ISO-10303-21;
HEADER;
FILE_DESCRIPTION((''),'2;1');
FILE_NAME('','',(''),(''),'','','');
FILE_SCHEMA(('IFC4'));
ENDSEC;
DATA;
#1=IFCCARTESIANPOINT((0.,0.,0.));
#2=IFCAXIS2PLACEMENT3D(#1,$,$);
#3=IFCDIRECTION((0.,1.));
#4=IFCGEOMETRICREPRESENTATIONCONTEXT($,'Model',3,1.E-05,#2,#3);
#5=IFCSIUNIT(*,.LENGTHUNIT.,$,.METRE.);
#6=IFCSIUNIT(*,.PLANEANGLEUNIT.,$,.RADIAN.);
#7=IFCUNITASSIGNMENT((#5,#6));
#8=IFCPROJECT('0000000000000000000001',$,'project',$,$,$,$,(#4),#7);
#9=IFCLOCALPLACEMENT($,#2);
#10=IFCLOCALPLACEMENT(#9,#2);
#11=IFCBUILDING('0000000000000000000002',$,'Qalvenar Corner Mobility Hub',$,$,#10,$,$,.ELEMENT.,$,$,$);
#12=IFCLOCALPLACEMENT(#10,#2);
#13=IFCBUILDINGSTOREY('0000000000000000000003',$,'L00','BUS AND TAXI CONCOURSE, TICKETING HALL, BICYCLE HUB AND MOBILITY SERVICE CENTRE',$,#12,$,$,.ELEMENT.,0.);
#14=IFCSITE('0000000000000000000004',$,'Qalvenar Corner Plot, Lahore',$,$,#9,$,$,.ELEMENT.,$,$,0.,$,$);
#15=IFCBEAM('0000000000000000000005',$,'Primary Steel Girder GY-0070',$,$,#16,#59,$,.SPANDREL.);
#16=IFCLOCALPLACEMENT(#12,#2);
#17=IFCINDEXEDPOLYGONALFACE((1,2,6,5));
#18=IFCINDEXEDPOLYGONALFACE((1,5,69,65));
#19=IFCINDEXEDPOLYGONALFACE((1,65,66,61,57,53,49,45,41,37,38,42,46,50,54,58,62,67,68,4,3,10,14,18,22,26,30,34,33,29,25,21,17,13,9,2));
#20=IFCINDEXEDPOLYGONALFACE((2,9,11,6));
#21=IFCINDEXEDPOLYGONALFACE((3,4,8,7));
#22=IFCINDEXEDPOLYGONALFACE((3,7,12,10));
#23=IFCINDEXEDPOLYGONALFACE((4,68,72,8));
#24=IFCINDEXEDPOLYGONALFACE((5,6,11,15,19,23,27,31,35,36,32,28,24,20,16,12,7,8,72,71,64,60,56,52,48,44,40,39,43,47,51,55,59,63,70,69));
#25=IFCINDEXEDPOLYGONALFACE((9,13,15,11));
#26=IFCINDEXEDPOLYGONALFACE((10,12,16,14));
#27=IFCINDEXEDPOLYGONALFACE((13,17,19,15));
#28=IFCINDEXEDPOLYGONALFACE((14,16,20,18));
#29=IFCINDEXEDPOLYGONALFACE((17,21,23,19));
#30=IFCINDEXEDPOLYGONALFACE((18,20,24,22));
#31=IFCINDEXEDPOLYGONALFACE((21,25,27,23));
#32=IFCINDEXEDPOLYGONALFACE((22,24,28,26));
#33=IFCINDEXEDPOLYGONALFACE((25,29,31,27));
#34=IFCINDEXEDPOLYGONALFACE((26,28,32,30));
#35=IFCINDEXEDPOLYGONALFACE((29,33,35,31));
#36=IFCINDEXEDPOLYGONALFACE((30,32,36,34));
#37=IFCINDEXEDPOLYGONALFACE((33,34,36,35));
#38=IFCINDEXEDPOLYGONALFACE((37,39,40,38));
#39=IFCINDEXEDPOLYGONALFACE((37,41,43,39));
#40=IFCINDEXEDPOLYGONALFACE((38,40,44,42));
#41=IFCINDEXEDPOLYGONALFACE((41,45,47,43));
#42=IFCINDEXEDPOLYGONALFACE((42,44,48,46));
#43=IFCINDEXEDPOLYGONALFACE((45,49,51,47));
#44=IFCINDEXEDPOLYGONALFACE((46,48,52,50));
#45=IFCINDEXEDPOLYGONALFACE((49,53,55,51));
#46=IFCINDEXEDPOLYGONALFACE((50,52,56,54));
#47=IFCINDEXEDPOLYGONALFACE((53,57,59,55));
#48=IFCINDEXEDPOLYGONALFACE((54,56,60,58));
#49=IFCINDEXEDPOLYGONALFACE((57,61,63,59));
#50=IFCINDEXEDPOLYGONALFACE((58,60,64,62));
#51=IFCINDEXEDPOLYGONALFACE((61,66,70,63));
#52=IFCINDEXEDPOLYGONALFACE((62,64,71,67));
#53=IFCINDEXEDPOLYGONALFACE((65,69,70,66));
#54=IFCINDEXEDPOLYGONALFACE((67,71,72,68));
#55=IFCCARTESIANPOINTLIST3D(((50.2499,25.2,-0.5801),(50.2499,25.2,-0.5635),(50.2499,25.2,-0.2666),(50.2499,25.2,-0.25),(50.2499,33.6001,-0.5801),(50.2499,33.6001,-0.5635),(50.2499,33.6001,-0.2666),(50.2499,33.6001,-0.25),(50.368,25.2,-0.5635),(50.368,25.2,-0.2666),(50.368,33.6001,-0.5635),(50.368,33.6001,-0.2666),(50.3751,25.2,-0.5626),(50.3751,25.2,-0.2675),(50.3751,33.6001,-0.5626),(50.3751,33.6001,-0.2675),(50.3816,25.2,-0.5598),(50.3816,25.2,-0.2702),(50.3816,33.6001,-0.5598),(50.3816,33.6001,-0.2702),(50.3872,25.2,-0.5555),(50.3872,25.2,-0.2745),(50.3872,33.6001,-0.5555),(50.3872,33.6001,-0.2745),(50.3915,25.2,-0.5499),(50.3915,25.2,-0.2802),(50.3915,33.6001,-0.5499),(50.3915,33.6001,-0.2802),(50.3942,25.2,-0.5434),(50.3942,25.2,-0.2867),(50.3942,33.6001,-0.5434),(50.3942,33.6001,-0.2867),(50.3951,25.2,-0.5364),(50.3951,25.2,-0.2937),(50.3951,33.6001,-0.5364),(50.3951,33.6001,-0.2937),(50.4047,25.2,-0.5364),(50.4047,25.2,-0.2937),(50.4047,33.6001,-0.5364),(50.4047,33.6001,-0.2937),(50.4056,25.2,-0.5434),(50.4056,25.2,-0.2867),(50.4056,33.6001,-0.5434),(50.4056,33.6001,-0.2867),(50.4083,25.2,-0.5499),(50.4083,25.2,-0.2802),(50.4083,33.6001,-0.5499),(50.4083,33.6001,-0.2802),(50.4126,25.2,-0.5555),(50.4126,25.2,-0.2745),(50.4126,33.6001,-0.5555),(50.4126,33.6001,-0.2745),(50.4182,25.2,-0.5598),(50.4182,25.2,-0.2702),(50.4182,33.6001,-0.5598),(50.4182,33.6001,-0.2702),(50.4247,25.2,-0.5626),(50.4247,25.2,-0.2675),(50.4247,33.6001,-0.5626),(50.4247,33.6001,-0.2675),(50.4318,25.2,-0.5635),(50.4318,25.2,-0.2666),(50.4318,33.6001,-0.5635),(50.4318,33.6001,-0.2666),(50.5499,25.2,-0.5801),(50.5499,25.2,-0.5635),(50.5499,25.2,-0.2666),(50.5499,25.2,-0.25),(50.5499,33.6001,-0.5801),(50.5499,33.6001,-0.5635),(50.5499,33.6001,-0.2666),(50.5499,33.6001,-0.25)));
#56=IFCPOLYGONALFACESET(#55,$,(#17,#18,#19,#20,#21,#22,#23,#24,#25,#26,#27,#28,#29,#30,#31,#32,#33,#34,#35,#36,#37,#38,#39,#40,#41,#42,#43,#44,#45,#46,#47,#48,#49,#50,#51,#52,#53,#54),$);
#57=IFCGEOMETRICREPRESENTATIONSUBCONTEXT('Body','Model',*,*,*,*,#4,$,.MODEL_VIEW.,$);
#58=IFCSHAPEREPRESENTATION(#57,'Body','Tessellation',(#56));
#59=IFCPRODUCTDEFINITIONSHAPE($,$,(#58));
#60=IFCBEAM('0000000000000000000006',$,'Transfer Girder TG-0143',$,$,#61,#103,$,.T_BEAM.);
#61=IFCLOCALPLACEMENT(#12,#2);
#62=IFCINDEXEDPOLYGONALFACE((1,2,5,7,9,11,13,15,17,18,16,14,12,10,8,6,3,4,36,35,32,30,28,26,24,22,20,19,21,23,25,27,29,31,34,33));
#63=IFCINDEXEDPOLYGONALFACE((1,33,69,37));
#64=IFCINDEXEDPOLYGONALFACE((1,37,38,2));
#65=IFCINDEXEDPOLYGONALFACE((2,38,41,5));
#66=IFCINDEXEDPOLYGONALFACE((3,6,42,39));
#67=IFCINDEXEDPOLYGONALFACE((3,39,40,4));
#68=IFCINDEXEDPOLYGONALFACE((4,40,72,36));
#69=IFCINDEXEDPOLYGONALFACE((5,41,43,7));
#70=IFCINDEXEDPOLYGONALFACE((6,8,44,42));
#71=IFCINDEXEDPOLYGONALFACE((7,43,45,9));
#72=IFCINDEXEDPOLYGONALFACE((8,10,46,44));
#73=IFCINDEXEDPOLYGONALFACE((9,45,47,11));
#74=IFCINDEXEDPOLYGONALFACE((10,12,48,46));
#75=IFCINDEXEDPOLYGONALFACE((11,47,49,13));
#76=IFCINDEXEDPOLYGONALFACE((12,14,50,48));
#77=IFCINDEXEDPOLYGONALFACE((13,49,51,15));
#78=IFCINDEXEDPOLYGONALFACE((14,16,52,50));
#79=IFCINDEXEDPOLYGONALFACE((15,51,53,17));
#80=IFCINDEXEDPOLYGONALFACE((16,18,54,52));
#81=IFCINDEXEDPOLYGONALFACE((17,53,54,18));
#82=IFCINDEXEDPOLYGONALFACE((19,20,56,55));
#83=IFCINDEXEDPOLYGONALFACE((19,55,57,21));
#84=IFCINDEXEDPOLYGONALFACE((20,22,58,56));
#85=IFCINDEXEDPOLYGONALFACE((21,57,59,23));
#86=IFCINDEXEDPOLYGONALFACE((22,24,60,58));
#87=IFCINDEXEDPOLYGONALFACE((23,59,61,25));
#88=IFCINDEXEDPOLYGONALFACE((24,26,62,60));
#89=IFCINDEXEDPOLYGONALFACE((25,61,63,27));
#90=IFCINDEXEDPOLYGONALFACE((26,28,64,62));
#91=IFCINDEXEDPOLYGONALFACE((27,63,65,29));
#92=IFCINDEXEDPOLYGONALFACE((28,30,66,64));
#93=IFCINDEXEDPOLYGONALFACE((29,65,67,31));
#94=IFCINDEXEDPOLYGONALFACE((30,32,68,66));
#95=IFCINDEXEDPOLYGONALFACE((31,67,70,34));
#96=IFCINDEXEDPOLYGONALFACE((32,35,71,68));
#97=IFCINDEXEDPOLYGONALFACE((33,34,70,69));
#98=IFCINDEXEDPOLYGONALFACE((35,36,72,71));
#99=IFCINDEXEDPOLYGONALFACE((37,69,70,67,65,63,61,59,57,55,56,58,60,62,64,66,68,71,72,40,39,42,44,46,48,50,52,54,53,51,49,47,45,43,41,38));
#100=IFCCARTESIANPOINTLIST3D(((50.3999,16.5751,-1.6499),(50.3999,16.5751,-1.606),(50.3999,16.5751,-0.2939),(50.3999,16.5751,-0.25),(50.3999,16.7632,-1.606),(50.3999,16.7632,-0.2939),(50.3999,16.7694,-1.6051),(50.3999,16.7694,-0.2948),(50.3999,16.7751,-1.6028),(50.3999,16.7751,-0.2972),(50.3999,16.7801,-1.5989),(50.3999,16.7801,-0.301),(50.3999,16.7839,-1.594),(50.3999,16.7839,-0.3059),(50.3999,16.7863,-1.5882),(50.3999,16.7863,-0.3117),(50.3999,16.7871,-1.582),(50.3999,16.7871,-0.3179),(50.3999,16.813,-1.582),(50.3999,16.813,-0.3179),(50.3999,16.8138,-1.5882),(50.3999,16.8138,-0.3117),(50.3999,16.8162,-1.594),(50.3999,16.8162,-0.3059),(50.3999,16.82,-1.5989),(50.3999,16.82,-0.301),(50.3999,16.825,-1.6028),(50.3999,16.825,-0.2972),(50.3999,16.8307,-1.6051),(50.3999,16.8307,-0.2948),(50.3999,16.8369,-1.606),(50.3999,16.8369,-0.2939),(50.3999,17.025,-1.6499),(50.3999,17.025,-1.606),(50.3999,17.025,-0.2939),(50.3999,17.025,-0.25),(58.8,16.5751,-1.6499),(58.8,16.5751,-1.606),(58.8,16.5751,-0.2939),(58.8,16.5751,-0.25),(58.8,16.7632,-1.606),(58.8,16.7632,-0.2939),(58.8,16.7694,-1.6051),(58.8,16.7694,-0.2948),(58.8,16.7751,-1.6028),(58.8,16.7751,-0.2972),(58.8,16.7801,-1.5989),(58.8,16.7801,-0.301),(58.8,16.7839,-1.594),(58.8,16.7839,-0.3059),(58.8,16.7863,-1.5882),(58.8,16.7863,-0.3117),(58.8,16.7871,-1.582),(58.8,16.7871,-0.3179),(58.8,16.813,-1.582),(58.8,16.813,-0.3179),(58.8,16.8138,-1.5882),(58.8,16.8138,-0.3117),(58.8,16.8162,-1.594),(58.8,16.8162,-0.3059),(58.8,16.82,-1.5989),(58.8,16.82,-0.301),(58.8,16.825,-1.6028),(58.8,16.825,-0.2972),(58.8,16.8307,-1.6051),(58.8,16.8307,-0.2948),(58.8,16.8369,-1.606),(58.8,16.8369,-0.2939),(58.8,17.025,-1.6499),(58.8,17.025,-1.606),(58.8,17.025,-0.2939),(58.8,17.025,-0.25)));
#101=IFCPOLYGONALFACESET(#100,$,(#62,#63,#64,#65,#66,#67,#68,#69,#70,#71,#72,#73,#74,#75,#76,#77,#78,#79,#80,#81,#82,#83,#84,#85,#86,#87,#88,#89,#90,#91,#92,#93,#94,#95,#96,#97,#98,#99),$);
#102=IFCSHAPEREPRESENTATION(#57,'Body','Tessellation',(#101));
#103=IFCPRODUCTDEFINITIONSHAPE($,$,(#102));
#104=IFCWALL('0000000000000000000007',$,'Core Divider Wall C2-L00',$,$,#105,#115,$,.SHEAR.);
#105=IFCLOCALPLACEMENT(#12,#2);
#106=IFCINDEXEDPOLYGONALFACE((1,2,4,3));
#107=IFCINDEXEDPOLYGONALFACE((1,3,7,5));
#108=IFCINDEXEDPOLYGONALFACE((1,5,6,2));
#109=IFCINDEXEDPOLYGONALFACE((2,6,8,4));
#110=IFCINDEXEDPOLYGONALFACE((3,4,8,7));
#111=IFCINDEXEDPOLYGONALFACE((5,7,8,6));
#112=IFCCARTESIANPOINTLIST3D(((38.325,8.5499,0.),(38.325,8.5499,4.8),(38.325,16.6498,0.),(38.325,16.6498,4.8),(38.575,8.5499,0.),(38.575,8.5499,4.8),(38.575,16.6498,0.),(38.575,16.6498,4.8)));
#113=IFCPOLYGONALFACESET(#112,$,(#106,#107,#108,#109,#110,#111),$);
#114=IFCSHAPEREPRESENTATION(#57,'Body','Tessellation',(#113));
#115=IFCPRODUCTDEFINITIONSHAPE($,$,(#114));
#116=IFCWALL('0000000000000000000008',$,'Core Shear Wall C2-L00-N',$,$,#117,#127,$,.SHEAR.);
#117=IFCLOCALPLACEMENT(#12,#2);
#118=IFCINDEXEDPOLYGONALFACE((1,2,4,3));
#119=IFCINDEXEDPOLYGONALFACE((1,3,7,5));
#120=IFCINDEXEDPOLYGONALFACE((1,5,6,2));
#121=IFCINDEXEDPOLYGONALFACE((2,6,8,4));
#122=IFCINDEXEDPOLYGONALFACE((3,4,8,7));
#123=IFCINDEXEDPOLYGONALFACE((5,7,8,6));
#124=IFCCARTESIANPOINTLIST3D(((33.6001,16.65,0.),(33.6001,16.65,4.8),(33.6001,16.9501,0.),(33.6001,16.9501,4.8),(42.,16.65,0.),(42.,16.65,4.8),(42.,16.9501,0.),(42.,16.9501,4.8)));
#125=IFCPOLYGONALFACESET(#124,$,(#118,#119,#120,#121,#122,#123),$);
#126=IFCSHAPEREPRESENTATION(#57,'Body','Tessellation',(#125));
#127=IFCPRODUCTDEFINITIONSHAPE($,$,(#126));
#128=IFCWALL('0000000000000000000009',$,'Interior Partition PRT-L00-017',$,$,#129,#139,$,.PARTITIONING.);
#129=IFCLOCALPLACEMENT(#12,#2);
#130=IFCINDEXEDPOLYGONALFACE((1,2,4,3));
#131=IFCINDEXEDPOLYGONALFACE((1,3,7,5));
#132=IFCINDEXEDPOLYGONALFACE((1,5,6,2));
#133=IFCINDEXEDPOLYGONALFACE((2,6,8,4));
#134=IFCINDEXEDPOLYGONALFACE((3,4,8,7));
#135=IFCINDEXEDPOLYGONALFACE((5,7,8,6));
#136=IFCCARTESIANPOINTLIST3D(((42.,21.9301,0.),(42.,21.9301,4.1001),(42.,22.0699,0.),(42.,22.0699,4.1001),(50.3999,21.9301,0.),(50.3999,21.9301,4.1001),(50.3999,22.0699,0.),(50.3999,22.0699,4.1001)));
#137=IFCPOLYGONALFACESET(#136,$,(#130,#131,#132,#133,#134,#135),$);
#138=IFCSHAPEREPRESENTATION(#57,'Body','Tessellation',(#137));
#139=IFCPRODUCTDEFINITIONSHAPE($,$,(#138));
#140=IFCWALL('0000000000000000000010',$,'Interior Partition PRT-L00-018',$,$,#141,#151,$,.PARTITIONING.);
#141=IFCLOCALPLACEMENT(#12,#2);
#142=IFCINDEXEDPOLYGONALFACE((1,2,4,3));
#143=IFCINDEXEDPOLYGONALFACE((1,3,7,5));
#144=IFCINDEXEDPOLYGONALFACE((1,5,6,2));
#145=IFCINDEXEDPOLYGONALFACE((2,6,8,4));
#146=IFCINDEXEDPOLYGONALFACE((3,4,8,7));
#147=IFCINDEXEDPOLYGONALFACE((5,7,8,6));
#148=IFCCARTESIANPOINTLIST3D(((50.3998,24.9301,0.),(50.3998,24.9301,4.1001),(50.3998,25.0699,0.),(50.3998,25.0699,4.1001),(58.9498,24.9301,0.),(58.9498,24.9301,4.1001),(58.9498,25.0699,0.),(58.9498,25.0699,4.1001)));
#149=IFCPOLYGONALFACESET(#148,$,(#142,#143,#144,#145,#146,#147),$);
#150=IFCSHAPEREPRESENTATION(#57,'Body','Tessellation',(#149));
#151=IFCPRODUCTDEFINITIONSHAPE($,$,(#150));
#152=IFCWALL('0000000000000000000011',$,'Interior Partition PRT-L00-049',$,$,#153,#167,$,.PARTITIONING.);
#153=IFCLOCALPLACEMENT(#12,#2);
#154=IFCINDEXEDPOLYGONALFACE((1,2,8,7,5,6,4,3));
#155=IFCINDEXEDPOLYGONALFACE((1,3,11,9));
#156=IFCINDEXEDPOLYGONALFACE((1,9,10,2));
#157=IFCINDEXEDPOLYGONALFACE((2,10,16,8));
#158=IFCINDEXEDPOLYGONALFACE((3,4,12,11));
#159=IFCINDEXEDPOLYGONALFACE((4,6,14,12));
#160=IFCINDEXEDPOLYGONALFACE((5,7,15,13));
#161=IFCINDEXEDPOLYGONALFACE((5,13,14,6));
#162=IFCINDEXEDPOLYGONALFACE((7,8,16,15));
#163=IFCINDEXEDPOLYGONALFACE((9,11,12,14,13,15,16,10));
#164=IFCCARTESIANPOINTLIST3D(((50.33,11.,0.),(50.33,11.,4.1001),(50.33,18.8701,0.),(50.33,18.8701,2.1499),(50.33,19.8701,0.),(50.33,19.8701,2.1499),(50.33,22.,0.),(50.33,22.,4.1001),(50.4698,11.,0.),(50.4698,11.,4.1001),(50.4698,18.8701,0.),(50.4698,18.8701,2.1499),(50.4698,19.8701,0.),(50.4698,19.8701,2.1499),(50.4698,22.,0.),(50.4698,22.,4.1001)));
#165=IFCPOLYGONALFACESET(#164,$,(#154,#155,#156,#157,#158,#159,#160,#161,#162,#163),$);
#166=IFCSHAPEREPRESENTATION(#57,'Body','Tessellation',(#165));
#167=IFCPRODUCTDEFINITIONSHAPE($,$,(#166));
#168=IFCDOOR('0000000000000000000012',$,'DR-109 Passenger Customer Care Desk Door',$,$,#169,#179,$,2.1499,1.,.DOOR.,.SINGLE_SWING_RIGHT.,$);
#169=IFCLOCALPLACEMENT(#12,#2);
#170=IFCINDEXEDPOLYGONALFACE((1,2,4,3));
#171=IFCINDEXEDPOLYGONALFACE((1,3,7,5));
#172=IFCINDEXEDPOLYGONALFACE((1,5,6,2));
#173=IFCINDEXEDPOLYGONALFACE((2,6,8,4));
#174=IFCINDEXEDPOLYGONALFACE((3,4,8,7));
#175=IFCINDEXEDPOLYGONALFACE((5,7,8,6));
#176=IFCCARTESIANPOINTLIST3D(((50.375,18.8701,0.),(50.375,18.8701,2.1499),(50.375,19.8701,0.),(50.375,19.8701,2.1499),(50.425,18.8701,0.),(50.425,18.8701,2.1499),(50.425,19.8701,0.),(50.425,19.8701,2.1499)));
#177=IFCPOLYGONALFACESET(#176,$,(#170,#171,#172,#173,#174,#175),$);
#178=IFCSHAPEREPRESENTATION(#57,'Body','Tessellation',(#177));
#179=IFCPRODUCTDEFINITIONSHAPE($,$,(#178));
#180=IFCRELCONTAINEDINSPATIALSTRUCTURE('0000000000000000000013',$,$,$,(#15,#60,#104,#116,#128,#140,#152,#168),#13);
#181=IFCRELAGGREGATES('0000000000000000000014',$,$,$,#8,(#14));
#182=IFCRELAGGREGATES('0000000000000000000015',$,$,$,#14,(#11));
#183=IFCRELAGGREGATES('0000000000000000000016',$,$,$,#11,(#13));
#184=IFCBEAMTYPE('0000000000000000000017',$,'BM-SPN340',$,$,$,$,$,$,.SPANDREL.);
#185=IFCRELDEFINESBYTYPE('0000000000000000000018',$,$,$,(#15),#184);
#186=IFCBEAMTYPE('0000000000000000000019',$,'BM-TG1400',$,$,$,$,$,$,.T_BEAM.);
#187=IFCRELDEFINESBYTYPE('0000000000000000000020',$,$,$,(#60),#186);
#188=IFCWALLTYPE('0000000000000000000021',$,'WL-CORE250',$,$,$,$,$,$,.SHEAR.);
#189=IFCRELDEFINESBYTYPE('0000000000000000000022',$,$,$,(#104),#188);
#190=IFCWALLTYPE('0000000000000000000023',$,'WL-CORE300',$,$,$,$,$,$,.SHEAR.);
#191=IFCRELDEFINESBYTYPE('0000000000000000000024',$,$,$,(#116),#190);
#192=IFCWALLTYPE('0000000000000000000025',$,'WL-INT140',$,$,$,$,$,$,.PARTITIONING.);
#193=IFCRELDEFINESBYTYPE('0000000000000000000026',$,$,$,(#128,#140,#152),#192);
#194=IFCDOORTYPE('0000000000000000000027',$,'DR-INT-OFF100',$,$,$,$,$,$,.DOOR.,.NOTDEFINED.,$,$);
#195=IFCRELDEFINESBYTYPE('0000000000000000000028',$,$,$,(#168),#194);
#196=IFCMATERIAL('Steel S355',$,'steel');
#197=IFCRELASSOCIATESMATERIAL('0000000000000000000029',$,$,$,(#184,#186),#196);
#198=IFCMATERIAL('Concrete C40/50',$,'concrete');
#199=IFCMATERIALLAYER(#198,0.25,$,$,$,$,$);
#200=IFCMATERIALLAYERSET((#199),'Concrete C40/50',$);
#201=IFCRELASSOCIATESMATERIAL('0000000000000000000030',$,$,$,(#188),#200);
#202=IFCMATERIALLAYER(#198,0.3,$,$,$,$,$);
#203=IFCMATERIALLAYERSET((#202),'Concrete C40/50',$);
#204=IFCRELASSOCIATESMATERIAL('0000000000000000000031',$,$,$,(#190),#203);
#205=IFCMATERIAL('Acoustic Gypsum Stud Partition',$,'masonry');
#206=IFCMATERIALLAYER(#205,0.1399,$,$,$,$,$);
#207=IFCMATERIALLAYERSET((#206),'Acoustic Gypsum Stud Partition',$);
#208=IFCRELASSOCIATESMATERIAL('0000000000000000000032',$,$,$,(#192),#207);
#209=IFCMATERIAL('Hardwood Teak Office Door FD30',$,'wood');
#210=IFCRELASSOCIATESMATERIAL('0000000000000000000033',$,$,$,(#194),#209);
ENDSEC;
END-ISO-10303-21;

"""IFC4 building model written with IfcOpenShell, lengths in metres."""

from ifc_helpers import new_model, si_unit, direction, frame, frame_2d, origin, origin_2d, place, context, subcontext, project, spatial, rectangle, i_section, extrude, material, layer, layer_set, material_profile, profile_set, type_object, element, fill, save


model = new_model("IFC4")

# Units and contexts
model_context = context("Model", 3, precision=1e-05, world=origin(), true_north=direction((0.0, 1.0)))
body_context = subcontext(model_context, "Body", "Model", "MODEL_VIEW")
ifc_project = project(units=[si_unit("LENGTHUNIT", "METRE"), si_unit("PLANEANGLEUNIT", "RADIAN")], contexts=[model_context])

# Site, building, storey
site_placement = place(None, origin())
site = spatial("IfcSite", under=ifc_project, at=site_placement, Name="Qalvenar Corner Plot, Lahore", CompositionType="ELEMENT", RefElevation=0.0)
building_placement = place(site_placement, origin())
building = spatial("IfcBuilding", under=site, at=building_placement, Name="Qalvenar Corner Mobility Hub", CompositionType="ELEMENT")
storey_placement = place(building_placement, origin())
storey = spatial("IfcBuildingStorey", under=building, at=storey_placement, Name="L00", Description="BUS AND TAXI CONCOURSE, TICKETING HALL, BICYCLE HUB AND MOBILITY SERVICE CENTRE", CompositionType="ELEMENT", Elevation=0.0)

# Shared definitions
ifc_material_1 = material(Name="Steel S355", Category="steel")

# Beams
ifc_material_profile_1 = material_profile(ifc_material_1, i_section(OverallWidth=0.3, OverallDepth=0.3301, WebThickness=0.0095, FlangeThickness=0.0166, FilletRadius=0.0271, at=origin_2d()), Name="HEA340")
ifc_profile_set_1 = profile_set([ifc_material_profile_1], Name="Steel S355")
beam_type_1 = type_object("IfcBeamType", Name="BM-SPN340", PredefinedType="SPANDREL", material=ifc_profile_set_1)
beam_1_placement = place(storey_placement, frame((50.3999, 25.2, -0.415), z_axis=(0.0, 1.0, 0.0), x_axis=(-1.0, 0.0, 0.0)))
element("IfcBeam", 1, at=beam_1_placement, inside=storey, type_object=beam_type_1, Name="Primary Steel Girder GY-0070", PredefinedType="SPANDREL", context=body_context, shape_type="SweptSolid", body=[
    extrude(i_section(OverallWidth=0.3, OverallDepth=0.3301, WebThickness=0.0095, FlangeThickness=0.0166, FilletRadius=0.0271, at=origin_2d()), origin(), (0.0, 0.0, 1.0), 8.4001),
])
ifc_material_profile_2 = material_profile(ifc_material_1, i_section(OverallWidth=0.45, OverallDepth=1.3999, WebThickness=0.0259, FlangeThickness=0.0439, FilletRadius=0.0239, at=origin_2d()), Name="W1100x499-TG1400")
ifc_profile_set_2 = profile_set([ifc_material_profile_2], Name="Steel S355")
beam_type_2 = type_object("IfcBeamType", Name="BM-TG1400", PredefinedType="T_BEAM", material=ifc_profile_set_2)
beam_2_placement = place(storey_placement, frame((50.3999, 16.8, -0.95), z_axis=(1.0, 0.0, 0.0), x_axis=(0.0, 1.0, 0.0)))
element("IfcBeam", 2, at=beam_2_placement, inside=storey, type_object=beam_type_2, Name="Transfer Girder TG-0143", PredefinedType="T_BEAM", context=body_context, shape_type="SweptSolid", body=[
    extrude(i_section(OverallWidth=0.45, OverallDepth=1.3999, WebThickness=0.0259, FlangeThickness=0.0439, FilletRadius=0.0239, at=origin_2d()), origin(), (0.0, 0.0, 1.0), 8.4001),
])

# Walls
ifc_material_2 = material(Name="Concrete C40/50", Category="concrete")
ifc_layer_1 = layer(ifc_material_2, 0.25)
ifc_layer_set_1 = layer_set([ifc_layer_1], Name="Concrete C40/50")
wall_type_1 = type_object("IfcWallType", Name="WL-CORE250", PredefinedType="SHEAR", material=ifc_layer_set_1)
wall_1_placement = place(storey_placement, frame((38.45, 8.55, 0.0), z_axis=(0.0, 0.0, 1.0), x_axis=(0.0, 1.0, 0.0)))
element("IfcWall", 3, at=wall_1_placement, inside=storey, type_object=wall_type_1, Name="Core Divider Wall C2-L00", PredefinedType="SHEAR", context=body_context, shape_type="SweptSolid", body=[
    extrude(rectangle(XDim=8.0999, YDim=0.25, at=frame_2d((4.0498, 0.0))), origin(), (0.0, 0.0, 1.0), 4.8),
])
ifc_layer_2 = layer(ifc_material_2, 0.3)
ifc_layer_set_2 = layer_set([ifc_layer_2], Name="Concrete C40/50")
wall_type_2 = type_object("IfcWallType", Name="WL-CORE300", PredefinedType="SHEAR", material=ifc_layer_set_2)
wall_2_placement = place(storey_placement, frame((42.0, 16.8, 0.0), z_axis=(0.0, 0.0, 1.0), x_axis=(-1.0, 0.0, 0.0)))
element("IfcWall", 4, at=wall_2_placement, inside=storey, type_object=wall_type_2, Name="Core Shear Wall C2-L00-N", PredefinedType="SHEAR", context=body_context, shape_type="SweptSolid", body=[
    extrude(rectangle(XDim=8.3999, YDim=0.3, at=frame_2d((4.2, 0.0))), origin(), (0.0, 0.0, 1.0), 4.8),
])
ifc_material_3 = material(Name="Acoustic Gypsum Stud Partition", Category="masonry")
ifc_layer_3 = layer(ifc_material_3, 0.1399)
ifc_layer_set_3 = layer_set([ifc_layer_3], Name="Acoustic Gypsum Stud Partition")
wall_type_3 = type_object("IfcWallType", Name="WL-INT140", PredefinedType="PARTITIONING", material=ifc_layer_set_3)
wall_3_placement = place(storey_placement, frame((42.0, 22.0, 0.0), z_axis=(0.0, 0.0, 1.0), x_axis=(1.0, 0.0, 0.0)))
element("IfcWall", 5, at=wall_3_placement, inside=storey, type_object=wall_type_3, Name="Interior Partition PRT-L00-017", PredefinedType="PARTITIONING", context=body_context, shape_type="SweptSolid", body=[
    extrude(rectangle(XDim=8.3999, YDim=0.1399, at=frame_2d((4.2, 0.0))), origin(), (0.0, 0.0, 1.0), 4.1001),
])
wall_4_placement = place(storey_placement, frame((50.3999, 25.0, 0.0), z_axis=(0.0, 0.0, 1.0), x_axis=(1.0, 0.0, 0.0)))
element("IfcWall", 6, at=wall_4_placement, inside=storey, type_object=wall_type_3, Name="Interior Partition PRT-L00-018", PredefinedType="PARTITIONING", context=body_context, shape_type="SweptSolid", body=[
    extrude(rectangle(XDim=8.55, YDim=0.1399, at=frame_2d((4.2749, 0.0))), origin(), (0.0, 0.0, 1.0), 4.1001),
])

# Wall, opening, door
wall_5_placement = place(storey_placement, frame((50.3999, 11.0, 0.0), z_axis=(0.0, 0.0, 1.0), x_axis=(0.0, 1.0, 0.0)))
wall_5 = element("IfcWall", 7, at=wall_5_placement, inside=storey, type_object=wall_type_3, Name="Interior Partition PRT-L00-049", PredefinedType="PARTITIONING", context=body_context, shape_type="SweptSolid", body=[
    extrude(rectangle(XDim=11.0, YDim=0.1399, at=frame_2d((5.5, 0.0))), origin(), (0.0, 0.0, 1.0), 4.1001),
])
opening_placement = place(wall_5_placement, frame((7.8701, 0.0, 0.0)))
opening = element("IfcOpeningElement", 8, at=opening_placement, cuts=wall_5, PredefinedType="OPENING", context=body_context, shape_type="SweptSolid", body=[
    extrude(rectangle(XDim=1.0, YDim=2.1499, at=frame_2d((0.5, 1.075))), frame((0.0, 0.0801, 0.0), z_axis=(0.0, -1.0, 0.0), x_axis=(1.0, 0.0, 0.0)), (0.0, 0.0, 1.0), 0.1599),
])
ifc_material_4 = material(Name="Hardwood Teak Office Door FD30", Category="wood")
door_type = type_object("IfcDoorType", Name="DR-INT-OFF100", OperationType="NOTDEFINED", PredefinedType="DOOR", material=ifc_material_4)
door_placement = place(opening_placement, origin())
door = element("IfcDoor", 9, at=door_placement, inside=storey, type_object=door_type, Name="DR-109 Passenger Customer Care Desk Door", OperationType="SINGLE_SWING_RIGHT", OverallHeight=2.1499, OverallWidth=1.0, PredefinedType="DOOR", context=body_context, shape_type="SweptSolid", body=[
    extrude(rectangle(XDim=1.0, YDim=2.1499, at=frame_2d((0.5, 1.075))), frame((0.0, 0.0249, 0.0), z_axis=(0.0, -1.0, 0.0), x_axis=(1.0, 0.0, 0.0)), (0.0, 0.0, 1.0), 0.05),
])
fill(opening, door)

save(model, "model.ifc")
